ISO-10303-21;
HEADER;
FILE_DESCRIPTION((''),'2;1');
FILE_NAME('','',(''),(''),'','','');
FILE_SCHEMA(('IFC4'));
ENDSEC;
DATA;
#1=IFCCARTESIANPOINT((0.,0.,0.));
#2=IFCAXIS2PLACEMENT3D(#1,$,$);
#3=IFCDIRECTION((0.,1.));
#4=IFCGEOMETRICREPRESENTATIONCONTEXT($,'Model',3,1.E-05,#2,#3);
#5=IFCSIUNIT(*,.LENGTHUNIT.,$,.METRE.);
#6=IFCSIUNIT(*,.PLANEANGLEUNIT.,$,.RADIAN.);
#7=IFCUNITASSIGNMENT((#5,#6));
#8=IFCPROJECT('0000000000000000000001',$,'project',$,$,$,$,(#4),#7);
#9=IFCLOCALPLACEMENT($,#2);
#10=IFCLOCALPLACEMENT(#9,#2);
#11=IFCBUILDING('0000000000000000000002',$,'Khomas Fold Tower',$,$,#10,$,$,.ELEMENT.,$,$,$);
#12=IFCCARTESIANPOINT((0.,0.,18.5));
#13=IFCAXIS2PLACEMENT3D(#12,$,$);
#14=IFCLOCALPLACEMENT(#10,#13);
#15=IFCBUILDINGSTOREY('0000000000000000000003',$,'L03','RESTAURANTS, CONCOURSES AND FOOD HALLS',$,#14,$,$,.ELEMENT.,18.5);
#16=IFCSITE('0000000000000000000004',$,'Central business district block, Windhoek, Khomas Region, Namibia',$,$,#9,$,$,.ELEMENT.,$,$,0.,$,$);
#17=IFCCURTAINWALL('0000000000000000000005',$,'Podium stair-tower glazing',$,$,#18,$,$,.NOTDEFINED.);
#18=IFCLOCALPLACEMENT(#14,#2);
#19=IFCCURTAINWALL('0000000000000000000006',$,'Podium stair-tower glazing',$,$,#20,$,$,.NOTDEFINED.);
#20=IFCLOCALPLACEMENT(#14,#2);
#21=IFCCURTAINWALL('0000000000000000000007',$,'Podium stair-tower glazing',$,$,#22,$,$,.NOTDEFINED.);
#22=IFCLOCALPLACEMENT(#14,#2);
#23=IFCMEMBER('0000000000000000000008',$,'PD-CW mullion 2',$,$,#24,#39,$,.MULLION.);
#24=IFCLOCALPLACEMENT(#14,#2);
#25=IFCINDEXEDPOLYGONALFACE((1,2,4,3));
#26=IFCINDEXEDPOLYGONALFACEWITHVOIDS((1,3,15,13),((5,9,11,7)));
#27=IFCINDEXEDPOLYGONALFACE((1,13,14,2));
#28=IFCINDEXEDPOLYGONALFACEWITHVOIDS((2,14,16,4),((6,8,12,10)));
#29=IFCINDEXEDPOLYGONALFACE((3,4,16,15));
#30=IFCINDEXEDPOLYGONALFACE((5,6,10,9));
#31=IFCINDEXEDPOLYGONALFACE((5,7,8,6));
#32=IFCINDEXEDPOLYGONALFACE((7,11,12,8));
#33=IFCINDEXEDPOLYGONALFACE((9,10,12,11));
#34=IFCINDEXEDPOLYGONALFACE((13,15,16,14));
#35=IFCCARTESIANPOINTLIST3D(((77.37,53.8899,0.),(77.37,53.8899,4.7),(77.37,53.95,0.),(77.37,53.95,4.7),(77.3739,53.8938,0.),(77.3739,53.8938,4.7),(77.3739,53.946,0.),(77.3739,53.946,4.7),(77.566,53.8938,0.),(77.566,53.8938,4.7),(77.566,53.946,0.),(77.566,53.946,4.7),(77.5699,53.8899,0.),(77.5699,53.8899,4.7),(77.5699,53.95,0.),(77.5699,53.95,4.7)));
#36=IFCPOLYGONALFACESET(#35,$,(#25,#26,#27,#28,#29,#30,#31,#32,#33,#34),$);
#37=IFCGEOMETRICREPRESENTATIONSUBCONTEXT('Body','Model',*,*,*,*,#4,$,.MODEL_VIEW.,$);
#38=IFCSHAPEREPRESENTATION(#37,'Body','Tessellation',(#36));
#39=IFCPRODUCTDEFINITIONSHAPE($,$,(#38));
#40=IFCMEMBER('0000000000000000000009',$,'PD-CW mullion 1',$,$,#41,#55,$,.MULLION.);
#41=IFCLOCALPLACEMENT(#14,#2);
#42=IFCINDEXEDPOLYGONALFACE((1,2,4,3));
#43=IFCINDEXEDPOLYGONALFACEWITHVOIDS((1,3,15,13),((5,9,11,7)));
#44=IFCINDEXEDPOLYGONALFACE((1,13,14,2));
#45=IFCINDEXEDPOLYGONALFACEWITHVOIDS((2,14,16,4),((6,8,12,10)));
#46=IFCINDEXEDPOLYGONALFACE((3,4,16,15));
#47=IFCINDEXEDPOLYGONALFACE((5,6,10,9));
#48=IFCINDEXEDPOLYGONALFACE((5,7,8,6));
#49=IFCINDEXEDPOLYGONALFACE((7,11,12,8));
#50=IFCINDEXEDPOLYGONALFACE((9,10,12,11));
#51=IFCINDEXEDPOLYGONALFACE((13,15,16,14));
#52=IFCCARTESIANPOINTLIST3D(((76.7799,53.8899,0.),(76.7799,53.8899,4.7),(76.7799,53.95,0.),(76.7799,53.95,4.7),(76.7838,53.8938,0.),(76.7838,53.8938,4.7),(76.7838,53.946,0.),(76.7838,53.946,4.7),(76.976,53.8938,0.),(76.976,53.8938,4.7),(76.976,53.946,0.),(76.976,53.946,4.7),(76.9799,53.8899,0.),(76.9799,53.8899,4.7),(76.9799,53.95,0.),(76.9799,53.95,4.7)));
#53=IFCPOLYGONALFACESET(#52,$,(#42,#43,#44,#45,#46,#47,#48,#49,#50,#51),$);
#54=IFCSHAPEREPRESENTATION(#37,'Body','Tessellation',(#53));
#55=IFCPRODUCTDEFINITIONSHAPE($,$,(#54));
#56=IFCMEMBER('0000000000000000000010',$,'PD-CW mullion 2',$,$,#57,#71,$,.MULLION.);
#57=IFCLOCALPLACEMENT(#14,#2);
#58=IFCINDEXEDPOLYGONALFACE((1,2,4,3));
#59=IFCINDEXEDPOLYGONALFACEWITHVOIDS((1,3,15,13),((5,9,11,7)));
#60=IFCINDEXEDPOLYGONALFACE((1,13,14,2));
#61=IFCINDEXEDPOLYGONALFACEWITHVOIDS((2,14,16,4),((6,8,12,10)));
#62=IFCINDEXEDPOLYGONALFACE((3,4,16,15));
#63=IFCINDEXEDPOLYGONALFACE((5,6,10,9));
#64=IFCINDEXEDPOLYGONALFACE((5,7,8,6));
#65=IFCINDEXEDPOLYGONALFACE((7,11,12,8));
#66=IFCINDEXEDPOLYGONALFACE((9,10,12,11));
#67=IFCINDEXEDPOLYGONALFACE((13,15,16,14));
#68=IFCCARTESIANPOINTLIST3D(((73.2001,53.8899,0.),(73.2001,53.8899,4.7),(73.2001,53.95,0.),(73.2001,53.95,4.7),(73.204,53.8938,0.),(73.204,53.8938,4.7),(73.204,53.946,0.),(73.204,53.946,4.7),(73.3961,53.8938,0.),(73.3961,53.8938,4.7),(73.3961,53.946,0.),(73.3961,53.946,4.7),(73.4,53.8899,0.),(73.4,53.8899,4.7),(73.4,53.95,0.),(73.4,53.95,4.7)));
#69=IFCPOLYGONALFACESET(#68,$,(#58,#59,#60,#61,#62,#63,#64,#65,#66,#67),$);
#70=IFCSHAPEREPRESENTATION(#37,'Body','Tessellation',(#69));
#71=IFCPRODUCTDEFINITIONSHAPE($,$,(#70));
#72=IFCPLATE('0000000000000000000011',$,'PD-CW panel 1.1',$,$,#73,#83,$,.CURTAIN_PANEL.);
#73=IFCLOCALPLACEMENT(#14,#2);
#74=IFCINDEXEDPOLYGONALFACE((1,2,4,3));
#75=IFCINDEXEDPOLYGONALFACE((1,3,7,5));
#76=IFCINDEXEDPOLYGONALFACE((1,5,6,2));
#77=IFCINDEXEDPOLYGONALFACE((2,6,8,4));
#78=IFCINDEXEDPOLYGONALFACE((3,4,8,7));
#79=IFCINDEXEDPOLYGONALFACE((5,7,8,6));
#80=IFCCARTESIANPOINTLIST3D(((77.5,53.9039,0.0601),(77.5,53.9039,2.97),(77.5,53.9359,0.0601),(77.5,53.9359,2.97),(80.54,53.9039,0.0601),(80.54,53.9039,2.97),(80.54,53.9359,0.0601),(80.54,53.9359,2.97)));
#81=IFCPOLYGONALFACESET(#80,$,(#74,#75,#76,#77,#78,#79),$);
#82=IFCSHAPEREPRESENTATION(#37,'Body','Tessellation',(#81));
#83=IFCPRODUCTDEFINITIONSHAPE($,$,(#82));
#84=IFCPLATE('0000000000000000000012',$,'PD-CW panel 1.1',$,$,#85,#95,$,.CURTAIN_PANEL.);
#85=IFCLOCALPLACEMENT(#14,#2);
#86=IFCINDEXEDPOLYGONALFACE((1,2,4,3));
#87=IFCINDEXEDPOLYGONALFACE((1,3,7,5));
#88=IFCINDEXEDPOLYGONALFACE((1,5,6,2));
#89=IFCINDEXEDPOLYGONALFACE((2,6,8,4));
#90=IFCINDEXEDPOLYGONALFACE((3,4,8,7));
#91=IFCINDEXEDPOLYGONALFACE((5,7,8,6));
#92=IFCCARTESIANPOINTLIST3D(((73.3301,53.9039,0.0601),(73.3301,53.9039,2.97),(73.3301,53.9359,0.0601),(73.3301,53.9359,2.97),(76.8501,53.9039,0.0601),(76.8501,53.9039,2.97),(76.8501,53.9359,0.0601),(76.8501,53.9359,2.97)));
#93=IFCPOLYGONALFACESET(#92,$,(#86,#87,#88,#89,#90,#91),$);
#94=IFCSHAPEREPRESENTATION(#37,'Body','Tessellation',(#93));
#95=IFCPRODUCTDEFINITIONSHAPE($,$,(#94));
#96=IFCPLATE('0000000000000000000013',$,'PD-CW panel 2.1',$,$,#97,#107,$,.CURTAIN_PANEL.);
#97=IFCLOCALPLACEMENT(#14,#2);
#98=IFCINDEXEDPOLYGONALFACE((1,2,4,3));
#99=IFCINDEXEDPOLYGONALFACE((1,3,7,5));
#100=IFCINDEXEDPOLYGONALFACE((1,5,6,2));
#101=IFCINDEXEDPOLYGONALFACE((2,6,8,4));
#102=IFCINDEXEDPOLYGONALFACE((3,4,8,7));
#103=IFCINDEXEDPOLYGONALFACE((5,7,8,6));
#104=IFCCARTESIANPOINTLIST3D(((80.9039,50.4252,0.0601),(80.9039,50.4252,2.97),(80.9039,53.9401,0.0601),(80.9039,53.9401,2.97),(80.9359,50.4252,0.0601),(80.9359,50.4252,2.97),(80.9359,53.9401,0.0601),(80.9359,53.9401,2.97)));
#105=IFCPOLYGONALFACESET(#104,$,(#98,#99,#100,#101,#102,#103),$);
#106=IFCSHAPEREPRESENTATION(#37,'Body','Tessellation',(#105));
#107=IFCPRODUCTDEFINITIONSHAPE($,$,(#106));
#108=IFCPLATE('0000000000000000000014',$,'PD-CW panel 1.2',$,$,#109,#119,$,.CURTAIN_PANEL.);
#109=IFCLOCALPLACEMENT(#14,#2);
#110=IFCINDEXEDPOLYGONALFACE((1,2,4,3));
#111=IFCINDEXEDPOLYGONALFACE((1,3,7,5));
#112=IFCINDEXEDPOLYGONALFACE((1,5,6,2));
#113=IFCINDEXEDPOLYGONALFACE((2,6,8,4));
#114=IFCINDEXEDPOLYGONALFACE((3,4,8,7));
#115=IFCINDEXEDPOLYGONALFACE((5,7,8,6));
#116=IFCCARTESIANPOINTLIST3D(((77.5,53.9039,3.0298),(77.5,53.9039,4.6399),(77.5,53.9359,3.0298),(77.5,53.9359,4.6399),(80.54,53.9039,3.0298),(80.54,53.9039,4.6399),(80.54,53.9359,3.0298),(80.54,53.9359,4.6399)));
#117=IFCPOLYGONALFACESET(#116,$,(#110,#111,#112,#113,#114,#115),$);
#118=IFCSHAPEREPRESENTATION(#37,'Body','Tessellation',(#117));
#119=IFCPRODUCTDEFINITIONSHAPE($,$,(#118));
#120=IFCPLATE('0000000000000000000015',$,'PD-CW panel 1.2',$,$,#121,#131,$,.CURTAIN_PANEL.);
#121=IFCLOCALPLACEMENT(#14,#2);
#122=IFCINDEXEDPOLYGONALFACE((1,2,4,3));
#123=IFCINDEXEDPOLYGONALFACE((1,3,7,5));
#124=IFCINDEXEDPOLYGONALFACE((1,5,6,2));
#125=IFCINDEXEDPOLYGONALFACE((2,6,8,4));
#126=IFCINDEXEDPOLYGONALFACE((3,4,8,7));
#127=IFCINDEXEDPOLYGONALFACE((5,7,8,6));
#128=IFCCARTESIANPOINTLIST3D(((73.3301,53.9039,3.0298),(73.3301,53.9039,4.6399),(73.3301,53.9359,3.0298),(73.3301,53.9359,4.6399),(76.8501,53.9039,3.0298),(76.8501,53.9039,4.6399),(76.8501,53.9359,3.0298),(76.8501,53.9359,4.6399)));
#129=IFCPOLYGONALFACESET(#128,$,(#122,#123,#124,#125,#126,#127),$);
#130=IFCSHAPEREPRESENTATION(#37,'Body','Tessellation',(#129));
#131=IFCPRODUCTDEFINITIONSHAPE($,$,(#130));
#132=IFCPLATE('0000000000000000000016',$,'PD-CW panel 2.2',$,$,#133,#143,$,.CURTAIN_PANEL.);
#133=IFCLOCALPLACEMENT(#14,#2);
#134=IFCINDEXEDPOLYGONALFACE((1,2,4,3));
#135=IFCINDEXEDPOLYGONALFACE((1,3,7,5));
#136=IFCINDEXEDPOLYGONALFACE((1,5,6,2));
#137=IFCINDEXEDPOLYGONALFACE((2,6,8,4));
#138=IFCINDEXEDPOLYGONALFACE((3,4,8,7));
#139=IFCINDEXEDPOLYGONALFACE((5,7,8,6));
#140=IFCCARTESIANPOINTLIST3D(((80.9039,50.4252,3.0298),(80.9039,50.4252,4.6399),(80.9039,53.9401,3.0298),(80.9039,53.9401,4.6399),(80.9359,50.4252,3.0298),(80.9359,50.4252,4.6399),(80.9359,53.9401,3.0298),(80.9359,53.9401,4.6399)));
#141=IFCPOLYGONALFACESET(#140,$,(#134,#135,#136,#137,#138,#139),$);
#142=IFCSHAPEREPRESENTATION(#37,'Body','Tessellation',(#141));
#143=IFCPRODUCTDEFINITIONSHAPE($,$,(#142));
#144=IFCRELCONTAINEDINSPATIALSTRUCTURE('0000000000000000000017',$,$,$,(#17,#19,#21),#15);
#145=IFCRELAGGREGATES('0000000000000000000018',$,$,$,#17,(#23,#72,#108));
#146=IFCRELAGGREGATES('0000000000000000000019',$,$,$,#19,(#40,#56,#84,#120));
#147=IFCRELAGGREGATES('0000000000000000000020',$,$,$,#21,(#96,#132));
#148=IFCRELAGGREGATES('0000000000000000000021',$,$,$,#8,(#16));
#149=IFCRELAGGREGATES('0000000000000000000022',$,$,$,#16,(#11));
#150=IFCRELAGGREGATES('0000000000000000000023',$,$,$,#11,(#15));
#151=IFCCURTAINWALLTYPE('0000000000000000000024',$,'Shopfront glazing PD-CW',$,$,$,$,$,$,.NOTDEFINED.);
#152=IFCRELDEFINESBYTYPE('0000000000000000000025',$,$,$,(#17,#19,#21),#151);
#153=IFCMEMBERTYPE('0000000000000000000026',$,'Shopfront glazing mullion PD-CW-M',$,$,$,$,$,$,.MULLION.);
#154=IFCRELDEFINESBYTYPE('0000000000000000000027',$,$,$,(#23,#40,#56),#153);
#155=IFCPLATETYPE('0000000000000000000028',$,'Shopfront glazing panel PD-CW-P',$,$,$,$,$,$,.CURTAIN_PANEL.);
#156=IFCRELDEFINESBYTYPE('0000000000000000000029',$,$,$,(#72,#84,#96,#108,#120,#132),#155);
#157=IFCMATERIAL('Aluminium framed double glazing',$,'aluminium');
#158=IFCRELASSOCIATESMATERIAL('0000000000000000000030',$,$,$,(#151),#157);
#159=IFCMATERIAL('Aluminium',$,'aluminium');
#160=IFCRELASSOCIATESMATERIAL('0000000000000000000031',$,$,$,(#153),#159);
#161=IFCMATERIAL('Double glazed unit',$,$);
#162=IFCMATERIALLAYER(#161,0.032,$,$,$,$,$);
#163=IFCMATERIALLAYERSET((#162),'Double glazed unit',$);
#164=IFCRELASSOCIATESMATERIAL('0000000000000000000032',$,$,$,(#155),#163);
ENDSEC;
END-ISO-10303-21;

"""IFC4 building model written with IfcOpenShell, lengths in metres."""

from ifc_helpers import new_model, si_unit, direction, frame, origin, origin_2d, place, context, subcontext, project, spatial, rectangle, hollow_rectangle, extrude, source, transform, mapped, material, layer, layer_set, material_profile, profile_set, type_object, element, aggregate, save


model = new_model("IFC4")

# Units and contexts
model_context = context("Model", 3, precision=1e-05, world=origin(), true_north=direction((0.0, 1.0)))
body_context = subcontext(model_context, "Body", "Model", "MODEL_VIEW")
ifc_project = project(units=[si_unit("LENGTHUNIT", "METRE"), si_unit("PLANEANGLEUNIT", "RADIAN")], contexts=[model_context])

# Site, building, storey
site_placement = place(None, origin())
site = spatial("IfcSite", under=ifc_project, at=site_placement, Name="Central business district block, Windhoek, Khomas Region, Namibia", CompositionType="ELEMENT", RefElevation=0.0)
building_placement = place(site_placement, origin())
building = spatial("IfcBuilding", under=site, at=building_placement, Name="Khomas Fold Tower", CompositionType="ELEMENT")
storey_placement = place(building_placement, frame((0.0, 0.0, 18.5)))
storey = spatial("IfcBuildingStorey", under=building, at=storey_placement, Name="L03", Description="RESTAURANTS, CONCOURSES AND FOOD HALLS", CompositionType="ELEMENT", Elevation=18.5)

# Curtain walls
ifc_material_1 = material(Name="Aluminium framed double glazing", Category="aluminium")
curtain_wall_type = type_object("IfcCurtainWallType", Name="Shopfront glazing PD-CW", PredefinedType="NOTDEFINED", material=ifc_material_1)
curtain_wall_1_placement = place(storey_placement, origin())
curtain_wall_1 = element("IfcCurtainWall", 1, at=curtain_wall_1_placement, inside=storey, type_object=curtain_wall_type, Name="Podium stair-tower glazing", PredefinedType="NOTDEFINED")
curtain_wall_2_placement = place(storey_placement, origin())
curtain_wall_2 = element("IfcCurtainWall", 2, at=curtain_wall_2_placement, inside=storey, type_object=curtain_wall_type, Name="Podium stair-tower glazing", PredefinedType="NOTDEFINED")

# Curtain wall
curtain_wall_3_placement = place(storey_placement, origin())
curtain_wall_3 = element("IfcCurtainWall", 3, at=curtain_wall_3_placement, inside=storey, type_object=curtain_wall_type, Name="Podium stair-tower glazing", PredefinedType="NOTDEFINED")
ifc_material_2 = material(Name="Aluminium", Category="aluminium")
ifc_material_profile_1 = material_profile(ifc_material_2, hollow_rectangle(XDim=0.0601, YDim=0.2, WallThickness=0.0039, at=origin_2d()), Name="Shopfront glazing mullion PD-CW-M")
ifc_profile_set_1 = profile_set([ifc_material_profile_1], Name="Aluminium")
member_type_1 = type_object("IfcMemberType", Name="Shopfront glazing mullion PD-CW-M", PredefinedType="MULLION", material=ifc_profile_set_1)
shared_shape_1 = source(origin(), body_context, "Body", "SweptSolid", [
    extrude(hollow_rectangle(XDim=0.0601, YDim=0.2, WallThickness=0.0039, at=origin_2d()), origin(), (0.0, 0.0, 1.0), 4.7),
])

# Members
member_1_placement = place(storey_placement, frame((77.47, 53.9199, 0.0), z_axis=(0.0, 0.0, 1.0), x_axis=(0.0, -1.0, 0.0)))
member_1 = element("IfcMember", 4, at=member_1_placement, type_object=member_type_1, Name="PD-CW mullion 2", PredefinedType="MULLION", context=body_context, shape_type="MappedRepresentation", body=[
    mapped(shared_shape_1, transform((0.0, 0.0, 0.0))),
])
member_2_placement = place(storey_placement, frame((76.8799, 53.9199, 0.0), z_axis=(0.0, 0.0, 1.0), x_axis=(0.0, -1.0, 0.0)))
member_2 = element("IfcMember", 5, at=member_2_placement, type_object=member_type_1, Name="PD-CW mullion 1", PredefinedType="MULLION", context=body_context, shape_type="MappedRepresentation", body=[
    mapped(shared_shape_1, transform((0.0, 0.0, 0.0))),
])
member_3_placement = place(storey_placement, frame((73.3, 53.9199, 0.0), z_axis=(0.0, 0.0, 1.0), x_axis=(0.0, -1.0, 0.0)))
member_3 = element("IfcMember", 6, at=member_3_placement, type_object=member_type_1, Name="PD-CW mullion 2", PredefinedType="MULLION", context=body_context, shape_type="MappedRepresentation", body=[
    mapped(shared_shape_1, transform((0.0, 0.0, 0.0))),
])

# Plates
ifc_material_3 = material(Name="Double glazed unit")
ifc_layer = layer(ifc_material_3, 0.032)
ifc_layer_set = layer_set([ifc_layer], Name="Double glazed unit")
plate_type = type_object("IfcPlateType", Name="Shopfront glazing panel PD-CW-P", PredefinedType="CURTAIN_PANEL", material=ifc_layer_set)
shared_shape_2 = source(origin(), body_context, "Body", "SweptSolid", [
    extrude(rectangle(XDim=3.04, YDim=0.032, at=origin_2d()), origin(), (0.0, 0.0, 1.0), 2.9099),
])
plate_1_placement = place(storey_placement, frame((79.02, 53.9199, 0.0601), z_axis=(0.0, 0.0, 1.0), x_axis=(-1.0, 0.0, 0.0)))
plate_1 = element("IfcPlate", 7, at=plate_1_placement, type_object=plate_type, Name="PD-CW panel 1.1", PredefinedType="CURTAIN_PANEL", context=body_context, shape_type="MappedRepresentation", body=[
    mapped(shared_shape_2, transform((0.0, 0.0, 0.0))),
])
shared_shape_3 = source(origin(), body_context, "Body", "SweptSolid", [
    extrude(rectangle(XDim=3.52, YDim=0.032, at=origin_2d()), origin(), (0.0, 0.0, 1.0), 2.9099),
])
plate_2_placement = place(storey_placement, frame((75.0901, 53.9199, 0.0601), z_axis=(0.0, 0.0, 1.0), x_axis=(-1.0, 0.0, 0.0)))
plate_2 = element("IfcPlate", 8, at=plate_2_placement, type_object=plate_type, Name="PD-CW panel 1.1", PredefinedType="CURTAIN_PANEL", context=body_context, shape_type="MappedRepresentation", body=[
    mapped(shared_shape_3, transform((0.0, 0.0, 0.0))),
])
shared_shape_4 = source(origin(), body_context, "Body", "SweptSolid", [
    extrude(rectangle(XDim=3.5149, YDim=0.032, at=origin_2d()), origin(), (0.0, 0.0, 1.0), 2.9099),
])
plate_3_placement = place(storey_placement, frame((80.9199, 52.1826, 0.0601), z_axis=(0.0, 0.0, 1.0), x_axis=(0.0, 1.0, 0.0)))
plate_3 = element("IfcPlate", 9, at=plate_3_placement, type_object=plate_type, Name="PD-CW panel 2.1", PredefinedType="CURTAIN_PANEL", context=body_context, shape_type="MappedRepresentation", body=[
    mapped(shared_shape_4, transform((0.0, 0.0, 0.0))),
])
shared_shape_5 = source(origin(), body_context, "Body", "SweptSolid", [
    extrude(rectangle(XDim=3.04, YDim=0.032, at=origin_2d()), origin(), (0.0, 0.0, 1.0), 1.6101),
])
plate_4_placement = place(storey_placement, frame((79.02, 53.9199, 3.0298), z_axis=(0.0, 0.0, 1.0), x_axis=(-1.0, 0.0, 0.0)))
plate_4 = element("IfcPlate", 10, at=plate_4_placement, type_object=plate_type, Name="PD-CW panel 1.2", PredefinedType="CURTAIN_PANEL", context=body_context, shape_type="MappedRepresentation", body=[
    mapped(shared_shape_5, transform((0.0, 0.0, 0.0))),
])
aggregate(curtain_wall_1, [member_1, plate_1, plate_4])
shared_shape_6 = source(origin(), body_context, "Body", "SweptSolid", [
    extrude(rectangle(XDim=3.52, YDim=0.032, at=origin_2d()), origin(), (0.0, 0.0, 1.0), 1.6101),
])
plate_5_placement = place(storey_placement, frame((75.0901, 53.9199, 3.0298), z_axis=(0.0, 0.0, 1.0), x_axis=(-1.0, 0.0, 0.0)))
plate_5 = element("IfcPlate", 11, at=plate_5_placement, type_object=plate_type, Name="PD-CW panel 1.2", PredefinedType="CURTAIN_PANEL", context=body_context, shape_type="MappedRepresentation", body=[
    mapped(shared_shape_6, transform((0.0, 0.0, 0.0))),
])
aggregate(curtain_wall_2, [member_2, member_3, plate_2, plate_5])
shared_shape_7 = source(origin(), body_context, "Body", "SweptSolid", [
    extrude(rectangle(XDim=3.5149, YDim=0.032, at=origin_2d()), origin(), (0.0, 0.0, 1.0), 1.6101),
])
plate_6_placement = place(storey_placement, frame((80.9199, 52.1826, 3.0298), z_axis=(0.0, 0.0, 1.0), x_axis=(0.0, 1.0, 0.0)))
plate_6 = element("IfcPlate", 12, at=plate_6_placement, type_object=plate_type, Name="PD-CW panel 2.2", PredefinedType="CURTAIN_PANEL", context=body_context, shape_type="MappedRepresentation", body=[
    mapped(shared_shape_7, transform((0.0, 0.0, 0.0))),
])
aggregate(curtain_wall_3, [plate_3, plate_6])

save(model, "model.ifc")
